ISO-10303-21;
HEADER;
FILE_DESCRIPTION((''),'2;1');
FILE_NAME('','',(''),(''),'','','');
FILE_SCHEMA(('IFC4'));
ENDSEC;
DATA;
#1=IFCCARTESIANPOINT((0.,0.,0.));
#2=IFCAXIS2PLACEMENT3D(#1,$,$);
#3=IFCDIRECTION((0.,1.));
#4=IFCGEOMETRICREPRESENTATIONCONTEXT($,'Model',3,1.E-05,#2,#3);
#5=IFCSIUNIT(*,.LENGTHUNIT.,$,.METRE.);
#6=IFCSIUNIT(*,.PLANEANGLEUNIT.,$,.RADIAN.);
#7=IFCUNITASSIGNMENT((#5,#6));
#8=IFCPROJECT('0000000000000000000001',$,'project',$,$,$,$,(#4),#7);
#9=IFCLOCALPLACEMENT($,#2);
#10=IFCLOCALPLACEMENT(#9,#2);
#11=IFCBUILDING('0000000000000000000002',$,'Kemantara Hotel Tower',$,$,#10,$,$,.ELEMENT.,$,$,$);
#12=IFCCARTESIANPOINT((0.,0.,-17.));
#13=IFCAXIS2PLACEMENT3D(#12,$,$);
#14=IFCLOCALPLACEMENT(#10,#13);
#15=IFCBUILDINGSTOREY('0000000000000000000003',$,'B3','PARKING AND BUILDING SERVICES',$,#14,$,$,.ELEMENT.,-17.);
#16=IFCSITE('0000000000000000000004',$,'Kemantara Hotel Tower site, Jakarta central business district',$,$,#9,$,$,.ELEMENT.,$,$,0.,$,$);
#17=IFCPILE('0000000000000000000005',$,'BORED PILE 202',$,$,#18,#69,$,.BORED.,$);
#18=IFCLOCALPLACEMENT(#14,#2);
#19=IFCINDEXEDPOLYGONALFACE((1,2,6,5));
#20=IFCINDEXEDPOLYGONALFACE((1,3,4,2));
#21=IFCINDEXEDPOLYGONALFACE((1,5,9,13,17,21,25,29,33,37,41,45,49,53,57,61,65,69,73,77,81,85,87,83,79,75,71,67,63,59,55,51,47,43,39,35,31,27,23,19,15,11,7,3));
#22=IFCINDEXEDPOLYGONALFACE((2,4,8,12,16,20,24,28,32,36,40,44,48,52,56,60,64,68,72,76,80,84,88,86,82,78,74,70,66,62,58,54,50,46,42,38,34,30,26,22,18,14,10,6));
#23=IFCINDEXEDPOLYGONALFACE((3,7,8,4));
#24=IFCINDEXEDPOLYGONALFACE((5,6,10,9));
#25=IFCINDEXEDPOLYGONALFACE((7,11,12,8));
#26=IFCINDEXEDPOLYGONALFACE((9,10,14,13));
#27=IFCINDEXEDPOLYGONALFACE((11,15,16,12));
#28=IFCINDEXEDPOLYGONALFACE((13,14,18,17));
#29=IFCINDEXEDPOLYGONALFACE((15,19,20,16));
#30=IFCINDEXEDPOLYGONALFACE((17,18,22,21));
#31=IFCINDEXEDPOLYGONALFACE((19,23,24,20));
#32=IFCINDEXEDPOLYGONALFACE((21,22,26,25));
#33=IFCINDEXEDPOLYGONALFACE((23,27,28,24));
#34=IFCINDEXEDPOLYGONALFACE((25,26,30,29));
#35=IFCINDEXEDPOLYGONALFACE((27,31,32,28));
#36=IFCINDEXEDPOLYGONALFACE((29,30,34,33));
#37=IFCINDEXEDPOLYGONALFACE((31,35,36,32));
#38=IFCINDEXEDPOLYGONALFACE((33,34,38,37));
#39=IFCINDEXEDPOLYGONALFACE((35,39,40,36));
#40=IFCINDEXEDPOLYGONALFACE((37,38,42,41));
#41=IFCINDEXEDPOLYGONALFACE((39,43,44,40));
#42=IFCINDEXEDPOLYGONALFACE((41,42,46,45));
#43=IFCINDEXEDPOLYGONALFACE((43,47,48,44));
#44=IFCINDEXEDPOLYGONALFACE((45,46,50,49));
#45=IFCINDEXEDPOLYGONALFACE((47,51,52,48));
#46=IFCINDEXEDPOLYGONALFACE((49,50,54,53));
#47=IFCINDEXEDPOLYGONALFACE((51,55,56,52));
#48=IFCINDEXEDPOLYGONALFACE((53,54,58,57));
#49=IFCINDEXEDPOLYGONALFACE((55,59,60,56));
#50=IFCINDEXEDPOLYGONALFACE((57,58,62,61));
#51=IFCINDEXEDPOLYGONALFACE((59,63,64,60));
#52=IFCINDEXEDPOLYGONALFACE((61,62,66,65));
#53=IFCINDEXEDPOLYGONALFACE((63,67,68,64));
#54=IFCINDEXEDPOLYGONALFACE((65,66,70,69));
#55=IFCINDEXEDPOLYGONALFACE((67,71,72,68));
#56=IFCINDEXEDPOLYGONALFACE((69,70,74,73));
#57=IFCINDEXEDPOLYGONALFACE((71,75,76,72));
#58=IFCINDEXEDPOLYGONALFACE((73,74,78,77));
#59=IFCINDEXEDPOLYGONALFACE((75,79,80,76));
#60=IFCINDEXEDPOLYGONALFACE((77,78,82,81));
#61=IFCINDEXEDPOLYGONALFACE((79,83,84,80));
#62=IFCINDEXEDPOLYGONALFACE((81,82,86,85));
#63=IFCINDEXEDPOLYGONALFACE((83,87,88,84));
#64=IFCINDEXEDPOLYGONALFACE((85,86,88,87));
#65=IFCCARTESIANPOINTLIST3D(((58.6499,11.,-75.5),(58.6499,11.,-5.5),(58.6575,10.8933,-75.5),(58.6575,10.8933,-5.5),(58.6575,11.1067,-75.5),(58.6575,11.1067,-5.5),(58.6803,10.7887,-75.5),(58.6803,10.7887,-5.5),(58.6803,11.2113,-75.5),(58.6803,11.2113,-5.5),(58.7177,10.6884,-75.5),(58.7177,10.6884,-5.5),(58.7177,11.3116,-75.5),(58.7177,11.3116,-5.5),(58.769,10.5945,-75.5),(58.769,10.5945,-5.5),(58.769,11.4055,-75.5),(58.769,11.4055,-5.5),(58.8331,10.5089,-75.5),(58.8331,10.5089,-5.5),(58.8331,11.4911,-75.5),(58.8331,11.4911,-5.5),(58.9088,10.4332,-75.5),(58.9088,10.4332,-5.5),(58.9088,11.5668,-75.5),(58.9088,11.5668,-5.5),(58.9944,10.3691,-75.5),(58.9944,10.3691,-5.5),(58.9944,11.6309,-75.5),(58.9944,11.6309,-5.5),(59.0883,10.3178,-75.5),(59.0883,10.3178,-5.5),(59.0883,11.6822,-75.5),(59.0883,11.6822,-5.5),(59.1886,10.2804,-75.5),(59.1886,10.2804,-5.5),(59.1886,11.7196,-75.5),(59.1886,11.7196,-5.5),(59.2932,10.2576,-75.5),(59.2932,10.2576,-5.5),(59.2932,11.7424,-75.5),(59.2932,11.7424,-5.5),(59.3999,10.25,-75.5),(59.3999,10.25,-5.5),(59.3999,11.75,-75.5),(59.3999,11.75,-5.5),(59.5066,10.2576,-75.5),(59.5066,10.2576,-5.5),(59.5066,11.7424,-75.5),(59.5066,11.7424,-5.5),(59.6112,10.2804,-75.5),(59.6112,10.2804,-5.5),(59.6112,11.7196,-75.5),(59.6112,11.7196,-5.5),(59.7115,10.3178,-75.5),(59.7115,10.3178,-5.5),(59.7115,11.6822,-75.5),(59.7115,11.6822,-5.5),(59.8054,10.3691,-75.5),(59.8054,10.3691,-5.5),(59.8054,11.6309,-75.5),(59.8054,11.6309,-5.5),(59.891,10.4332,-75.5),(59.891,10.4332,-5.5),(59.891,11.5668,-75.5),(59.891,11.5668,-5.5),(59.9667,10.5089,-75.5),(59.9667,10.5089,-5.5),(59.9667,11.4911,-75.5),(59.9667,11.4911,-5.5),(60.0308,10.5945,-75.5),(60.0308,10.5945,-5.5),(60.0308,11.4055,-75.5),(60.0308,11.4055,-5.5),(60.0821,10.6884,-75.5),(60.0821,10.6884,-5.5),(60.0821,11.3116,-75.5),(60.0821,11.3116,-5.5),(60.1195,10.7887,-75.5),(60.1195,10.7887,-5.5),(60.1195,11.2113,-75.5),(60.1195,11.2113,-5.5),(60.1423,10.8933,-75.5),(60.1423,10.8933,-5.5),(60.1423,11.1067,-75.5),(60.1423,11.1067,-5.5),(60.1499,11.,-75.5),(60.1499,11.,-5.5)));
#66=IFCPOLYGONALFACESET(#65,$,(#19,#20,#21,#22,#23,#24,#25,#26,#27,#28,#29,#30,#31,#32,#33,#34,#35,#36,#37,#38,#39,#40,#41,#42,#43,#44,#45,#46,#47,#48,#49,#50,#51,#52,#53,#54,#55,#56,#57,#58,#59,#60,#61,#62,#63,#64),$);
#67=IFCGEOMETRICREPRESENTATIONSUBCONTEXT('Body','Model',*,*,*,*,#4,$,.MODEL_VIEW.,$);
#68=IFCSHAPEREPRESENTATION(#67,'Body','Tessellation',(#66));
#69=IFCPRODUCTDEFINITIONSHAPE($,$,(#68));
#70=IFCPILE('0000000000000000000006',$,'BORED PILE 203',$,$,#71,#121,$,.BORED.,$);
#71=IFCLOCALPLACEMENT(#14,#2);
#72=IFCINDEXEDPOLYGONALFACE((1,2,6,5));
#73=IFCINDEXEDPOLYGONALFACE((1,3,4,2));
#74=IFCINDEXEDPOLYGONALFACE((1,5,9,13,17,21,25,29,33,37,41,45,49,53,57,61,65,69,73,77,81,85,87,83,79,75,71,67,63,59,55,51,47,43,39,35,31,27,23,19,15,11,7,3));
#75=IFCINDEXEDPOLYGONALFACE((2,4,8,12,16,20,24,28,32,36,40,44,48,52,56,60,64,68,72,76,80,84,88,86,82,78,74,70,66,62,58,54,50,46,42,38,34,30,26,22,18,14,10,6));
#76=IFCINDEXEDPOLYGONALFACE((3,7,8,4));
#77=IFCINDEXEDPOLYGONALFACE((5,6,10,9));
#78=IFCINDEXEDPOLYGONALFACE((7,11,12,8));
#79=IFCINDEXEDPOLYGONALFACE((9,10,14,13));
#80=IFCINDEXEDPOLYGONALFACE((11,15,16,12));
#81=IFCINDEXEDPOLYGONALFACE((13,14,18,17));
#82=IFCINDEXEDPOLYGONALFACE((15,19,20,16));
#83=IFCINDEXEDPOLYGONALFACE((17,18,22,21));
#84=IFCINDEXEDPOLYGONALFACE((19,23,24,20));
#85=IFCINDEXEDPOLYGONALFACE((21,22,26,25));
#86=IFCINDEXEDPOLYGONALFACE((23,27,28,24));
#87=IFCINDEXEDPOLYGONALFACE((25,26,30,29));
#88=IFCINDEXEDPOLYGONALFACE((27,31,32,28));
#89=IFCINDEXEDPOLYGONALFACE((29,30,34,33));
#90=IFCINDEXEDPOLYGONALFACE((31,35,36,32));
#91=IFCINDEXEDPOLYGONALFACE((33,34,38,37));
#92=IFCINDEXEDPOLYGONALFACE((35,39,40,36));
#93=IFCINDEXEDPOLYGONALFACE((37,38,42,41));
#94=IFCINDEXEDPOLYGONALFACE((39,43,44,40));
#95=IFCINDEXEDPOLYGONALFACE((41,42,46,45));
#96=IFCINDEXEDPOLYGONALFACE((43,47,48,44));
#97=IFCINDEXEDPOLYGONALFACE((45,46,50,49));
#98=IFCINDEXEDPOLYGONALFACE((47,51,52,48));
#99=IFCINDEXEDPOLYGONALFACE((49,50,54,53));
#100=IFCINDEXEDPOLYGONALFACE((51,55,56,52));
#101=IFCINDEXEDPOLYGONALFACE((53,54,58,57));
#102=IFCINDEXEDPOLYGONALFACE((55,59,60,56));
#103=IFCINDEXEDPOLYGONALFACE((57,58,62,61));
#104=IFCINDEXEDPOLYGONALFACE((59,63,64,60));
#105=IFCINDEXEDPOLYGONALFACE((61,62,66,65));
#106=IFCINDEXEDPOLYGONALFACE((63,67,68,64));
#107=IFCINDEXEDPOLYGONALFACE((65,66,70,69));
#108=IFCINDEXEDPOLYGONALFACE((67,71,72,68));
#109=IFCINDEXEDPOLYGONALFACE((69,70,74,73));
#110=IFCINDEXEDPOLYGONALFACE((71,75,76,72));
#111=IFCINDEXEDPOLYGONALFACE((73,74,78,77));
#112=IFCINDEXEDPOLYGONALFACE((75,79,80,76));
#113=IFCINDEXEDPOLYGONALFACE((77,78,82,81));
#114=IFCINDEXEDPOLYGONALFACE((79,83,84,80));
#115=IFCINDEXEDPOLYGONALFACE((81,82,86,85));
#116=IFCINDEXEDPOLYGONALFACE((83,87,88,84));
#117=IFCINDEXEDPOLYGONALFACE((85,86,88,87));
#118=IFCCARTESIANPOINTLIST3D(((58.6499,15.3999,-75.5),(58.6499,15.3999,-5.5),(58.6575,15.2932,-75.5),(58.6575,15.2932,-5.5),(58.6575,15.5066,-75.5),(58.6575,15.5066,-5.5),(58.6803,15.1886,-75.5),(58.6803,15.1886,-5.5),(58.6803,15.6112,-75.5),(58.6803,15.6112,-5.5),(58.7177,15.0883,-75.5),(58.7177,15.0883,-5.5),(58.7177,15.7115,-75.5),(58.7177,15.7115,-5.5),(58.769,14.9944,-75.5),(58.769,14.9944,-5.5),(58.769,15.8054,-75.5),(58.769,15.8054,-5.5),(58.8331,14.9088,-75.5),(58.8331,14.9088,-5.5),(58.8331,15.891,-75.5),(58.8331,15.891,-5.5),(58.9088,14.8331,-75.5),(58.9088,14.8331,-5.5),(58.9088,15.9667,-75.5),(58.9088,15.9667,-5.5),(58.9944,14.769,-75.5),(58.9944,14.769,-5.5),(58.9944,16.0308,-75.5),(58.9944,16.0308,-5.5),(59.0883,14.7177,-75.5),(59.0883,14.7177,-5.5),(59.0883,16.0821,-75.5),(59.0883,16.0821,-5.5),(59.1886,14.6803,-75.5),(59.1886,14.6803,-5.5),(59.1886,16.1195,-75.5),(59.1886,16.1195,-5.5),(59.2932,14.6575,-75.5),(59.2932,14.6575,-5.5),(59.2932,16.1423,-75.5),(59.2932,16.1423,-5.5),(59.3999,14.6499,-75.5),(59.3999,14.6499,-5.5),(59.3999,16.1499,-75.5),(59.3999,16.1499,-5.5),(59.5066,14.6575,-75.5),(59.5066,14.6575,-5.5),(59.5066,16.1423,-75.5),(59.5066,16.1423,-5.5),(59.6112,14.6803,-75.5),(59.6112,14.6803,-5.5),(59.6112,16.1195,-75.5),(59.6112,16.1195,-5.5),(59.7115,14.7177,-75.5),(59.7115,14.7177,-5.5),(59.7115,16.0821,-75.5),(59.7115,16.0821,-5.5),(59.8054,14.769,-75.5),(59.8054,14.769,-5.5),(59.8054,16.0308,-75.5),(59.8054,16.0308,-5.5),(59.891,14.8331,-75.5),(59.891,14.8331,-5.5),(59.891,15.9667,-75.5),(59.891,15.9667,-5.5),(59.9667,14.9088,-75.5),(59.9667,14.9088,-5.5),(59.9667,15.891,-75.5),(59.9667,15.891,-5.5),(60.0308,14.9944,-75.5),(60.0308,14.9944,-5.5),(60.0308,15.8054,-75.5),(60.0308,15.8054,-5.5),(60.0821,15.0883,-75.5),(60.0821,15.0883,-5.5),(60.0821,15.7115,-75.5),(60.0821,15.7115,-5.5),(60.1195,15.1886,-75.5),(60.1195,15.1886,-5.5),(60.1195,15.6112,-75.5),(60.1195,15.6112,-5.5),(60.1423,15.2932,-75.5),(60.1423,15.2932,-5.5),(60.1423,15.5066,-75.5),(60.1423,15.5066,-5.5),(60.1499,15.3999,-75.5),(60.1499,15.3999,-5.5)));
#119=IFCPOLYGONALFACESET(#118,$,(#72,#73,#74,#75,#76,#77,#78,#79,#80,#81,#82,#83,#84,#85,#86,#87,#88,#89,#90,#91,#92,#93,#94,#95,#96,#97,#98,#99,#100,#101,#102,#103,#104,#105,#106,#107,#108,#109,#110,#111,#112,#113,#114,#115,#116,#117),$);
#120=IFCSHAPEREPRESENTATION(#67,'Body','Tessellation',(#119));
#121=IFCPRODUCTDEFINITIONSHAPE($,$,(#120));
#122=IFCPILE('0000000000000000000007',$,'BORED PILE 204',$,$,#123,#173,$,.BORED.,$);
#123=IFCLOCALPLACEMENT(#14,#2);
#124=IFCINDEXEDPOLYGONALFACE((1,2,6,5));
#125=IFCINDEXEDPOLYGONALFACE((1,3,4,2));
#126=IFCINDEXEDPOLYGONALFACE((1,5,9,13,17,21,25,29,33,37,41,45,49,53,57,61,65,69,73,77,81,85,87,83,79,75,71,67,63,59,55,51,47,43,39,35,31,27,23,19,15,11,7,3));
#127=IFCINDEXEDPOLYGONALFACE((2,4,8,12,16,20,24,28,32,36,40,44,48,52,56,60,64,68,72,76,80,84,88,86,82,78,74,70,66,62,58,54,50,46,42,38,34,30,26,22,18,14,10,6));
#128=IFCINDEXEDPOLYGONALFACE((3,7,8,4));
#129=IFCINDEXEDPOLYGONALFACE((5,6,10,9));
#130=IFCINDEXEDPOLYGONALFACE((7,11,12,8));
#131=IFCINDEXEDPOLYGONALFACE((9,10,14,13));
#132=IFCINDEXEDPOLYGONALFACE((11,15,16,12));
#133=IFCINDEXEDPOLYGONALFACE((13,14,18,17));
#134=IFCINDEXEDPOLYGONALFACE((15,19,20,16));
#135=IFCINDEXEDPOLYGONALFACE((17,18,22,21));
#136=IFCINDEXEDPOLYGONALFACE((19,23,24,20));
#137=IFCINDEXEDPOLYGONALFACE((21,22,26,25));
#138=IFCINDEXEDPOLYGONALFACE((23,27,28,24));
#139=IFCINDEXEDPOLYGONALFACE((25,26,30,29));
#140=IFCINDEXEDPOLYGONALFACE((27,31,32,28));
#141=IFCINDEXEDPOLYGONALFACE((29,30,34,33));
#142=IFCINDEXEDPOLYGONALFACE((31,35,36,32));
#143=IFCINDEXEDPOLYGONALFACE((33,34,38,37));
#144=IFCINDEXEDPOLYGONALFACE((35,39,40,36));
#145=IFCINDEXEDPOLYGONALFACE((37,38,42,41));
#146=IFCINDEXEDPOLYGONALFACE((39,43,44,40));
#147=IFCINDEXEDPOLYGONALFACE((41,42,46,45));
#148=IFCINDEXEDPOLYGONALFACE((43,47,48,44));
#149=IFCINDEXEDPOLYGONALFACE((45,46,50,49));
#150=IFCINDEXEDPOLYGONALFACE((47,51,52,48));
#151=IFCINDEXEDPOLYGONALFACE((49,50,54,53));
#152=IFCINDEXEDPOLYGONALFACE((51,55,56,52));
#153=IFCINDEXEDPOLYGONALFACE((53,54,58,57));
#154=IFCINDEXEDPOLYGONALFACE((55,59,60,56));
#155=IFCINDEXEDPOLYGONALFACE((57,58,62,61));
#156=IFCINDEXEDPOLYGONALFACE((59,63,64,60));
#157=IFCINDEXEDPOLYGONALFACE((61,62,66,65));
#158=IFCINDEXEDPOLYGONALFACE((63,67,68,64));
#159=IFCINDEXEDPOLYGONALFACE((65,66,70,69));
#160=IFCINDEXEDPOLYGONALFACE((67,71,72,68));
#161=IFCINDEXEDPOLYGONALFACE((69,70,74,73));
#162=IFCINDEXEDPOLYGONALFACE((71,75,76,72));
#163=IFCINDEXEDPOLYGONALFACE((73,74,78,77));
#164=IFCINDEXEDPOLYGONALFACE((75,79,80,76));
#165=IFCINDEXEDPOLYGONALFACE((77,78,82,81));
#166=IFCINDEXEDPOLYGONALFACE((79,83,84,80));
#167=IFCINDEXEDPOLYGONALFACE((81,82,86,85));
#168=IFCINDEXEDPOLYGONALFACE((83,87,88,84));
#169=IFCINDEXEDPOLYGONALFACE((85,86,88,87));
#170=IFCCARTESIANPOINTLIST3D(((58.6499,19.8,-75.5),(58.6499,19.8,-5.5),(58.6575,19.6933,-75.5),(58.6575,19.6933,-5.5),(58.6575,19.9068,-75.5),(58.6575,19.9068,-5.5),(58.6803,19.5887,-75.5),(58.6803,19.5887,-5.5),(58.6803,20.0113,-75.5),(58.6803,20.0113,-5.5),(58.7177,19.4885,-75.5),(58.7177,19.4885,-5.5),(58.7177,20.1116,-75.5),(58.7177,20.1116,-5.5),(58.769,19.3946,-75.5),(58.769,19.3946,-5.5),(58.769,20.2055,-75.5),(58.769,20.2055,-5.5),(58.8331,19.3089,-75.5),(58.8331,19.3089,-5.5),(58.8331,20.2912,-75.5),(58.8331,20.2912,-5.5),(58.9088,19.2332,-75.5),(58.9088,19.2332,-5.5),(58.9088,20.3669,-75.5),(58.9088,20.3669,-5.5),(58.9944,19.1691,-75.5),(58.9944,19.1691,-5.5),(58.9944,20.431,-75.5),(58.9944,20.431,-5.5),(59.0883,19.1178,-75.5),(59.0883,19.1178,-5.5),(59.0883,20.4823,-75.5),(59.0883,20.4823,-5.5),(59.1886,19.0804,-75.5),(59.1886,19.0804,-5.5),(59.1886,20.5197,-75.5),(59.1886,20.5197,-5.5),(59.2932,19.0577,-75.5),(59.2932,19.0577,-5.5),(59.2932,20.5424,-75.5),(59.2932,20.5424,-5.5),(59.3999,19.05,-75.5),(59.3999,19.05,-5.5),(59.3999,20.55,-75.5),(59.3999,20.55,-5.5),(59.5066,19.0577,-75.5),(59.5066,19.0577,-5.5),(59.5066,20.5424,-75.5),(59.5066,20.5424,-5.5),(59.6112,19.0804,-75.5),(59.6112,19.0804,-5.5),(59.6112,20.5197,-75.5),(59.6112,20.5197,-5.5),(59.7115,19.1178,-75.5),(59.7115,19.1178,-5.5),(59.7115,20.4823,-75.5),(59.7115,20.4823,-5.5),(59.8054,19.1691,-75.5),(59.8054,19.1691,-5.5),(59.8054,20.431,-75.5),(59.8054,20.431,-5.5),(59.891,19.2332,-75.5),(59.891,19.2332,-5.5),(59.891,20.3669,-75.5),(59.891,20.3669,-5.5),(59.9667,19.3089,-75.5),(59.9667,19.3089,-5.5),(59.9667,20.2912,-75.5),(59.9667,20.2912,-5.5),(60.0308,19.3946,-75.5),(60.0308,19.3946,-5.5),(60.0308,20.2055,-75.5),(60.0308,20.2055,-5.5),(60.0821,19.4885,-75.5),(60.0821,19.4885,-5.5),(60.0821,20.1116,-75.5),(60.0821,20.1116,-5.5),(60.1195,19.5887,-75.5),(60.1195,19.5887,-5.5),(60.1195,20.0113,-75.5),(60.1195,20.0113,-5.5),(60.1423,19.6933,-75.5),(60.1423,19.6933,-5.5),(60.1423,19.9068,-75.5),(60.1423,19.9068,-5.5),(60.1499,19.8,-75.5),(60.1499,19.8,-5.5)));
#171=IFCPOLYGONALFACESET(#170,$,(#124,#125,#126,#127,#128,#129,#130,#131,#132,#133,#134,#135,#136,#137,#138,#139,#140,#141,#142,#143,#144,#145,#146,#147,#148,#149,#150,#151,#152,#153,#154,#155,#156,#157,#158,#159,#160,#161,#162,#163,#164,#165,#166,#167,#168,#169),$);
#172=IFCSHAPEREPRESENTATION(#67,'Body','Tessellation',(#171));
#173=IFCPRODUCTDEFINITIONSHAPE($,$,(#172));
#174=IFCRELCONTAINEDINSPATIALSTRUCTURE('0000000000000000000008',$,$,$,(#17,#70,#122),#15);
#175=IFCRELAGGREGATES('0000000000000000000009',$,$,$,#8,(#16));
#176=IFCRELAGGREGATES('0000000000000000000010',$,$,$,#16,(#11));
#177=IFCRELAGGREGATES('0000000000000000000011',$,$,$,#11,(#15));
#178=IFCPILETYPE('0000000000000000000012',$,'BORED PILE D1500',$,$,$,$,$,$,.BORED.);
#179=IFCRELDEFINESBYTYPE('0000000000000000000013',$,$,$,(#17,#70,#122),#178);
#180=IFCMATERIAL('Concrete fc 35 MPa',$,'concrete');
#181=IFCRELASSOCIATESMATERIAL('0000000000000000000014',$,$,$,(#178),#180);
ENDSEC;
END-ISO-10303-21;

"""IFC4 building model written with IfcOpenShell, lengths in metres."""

from ifc_helpers import new_model, si_unit, direction, frame, origin, origin_2d, place, context, subcontext, project, spatial, circle, extrude, material, material_profile, profile_set, type_object, element, save


model = new_model("IFC4")

# Units and contexts
model_context = context("Model", 3, precision=1e-05, world=origin(), true_north=direction((0.0, 1.0)))
body_context = subcontext(model_context, "Body", "Model", "MODEL_VIEW")
ifc_project = project(units=[si_unit("LENGTHUNIT", "METRE"), si_unit("PLANEANGLEUNIT", "RADIAN")], contexts=[model_context])

# Site, building, storey
site_placement = place(None, origin())
site = spatial("IfcSite", under=ifc_project, at=site_placement, Name="Kemantara Hotel Tower site, Jakarta central business district", CompositionType="ELEMENT", RefElevation=0.0)
building_placement = place(site_placement, origin())
building = spatial("IfcBuilding", under=site, at=building_placement, Name="Kemantara Hotel Tower", CompositionType="ELEMENT")
storey_placement = place(building_placement, frame((0.0, 0.0, -17.0)))
storey = spatial("IfcBuildingStorey", under=building, at=storey_placement, Name="B3", Description="PARKING AND BUILDING SERVICES", CompositionType="ELEMENT", Elevation=-17.0)

# Piles
ifc_material_1 = material(Name="Concrete fc 35 MPa", Category="concrete")
ifc_material_profile_1 = material_profile(ifc_material_1, circle(Radius=0.75, at=origin_2d()), Name="BORED PILE D1500")
ifc_profile_set_1 = profile_set([ifc_material_profile_1], Name="Concrete fc 35 MPa")
pile_type = type_object("IfcPileType", Name="BORED PILE D1500", PredefinedType="BORED", material=ifc_profile_set_1)
for number, where, z_axis, x_axis, name in (
    (1, (59.3999, 11.0, -5.5), (0.0, 0.0, -1.0), (1.0, 0.0, 0.0), "BORED PILE 202"),
    (2, (59.3999, 15.3999, -5.5), (0.0, 0.0, -1.0), (1.0, 0.0, 0.0), "BORED PILE 203"),
    (3, (59.3999, 19.8, -5.5), (0.0, 0.0, -1.0), (1.0, 0.0, 0.0), "BORED PILE 204"),
):
    element("IfcPile", number, at=place(storey_placement, frame(where, z_axis=z_axis, x_axis=x_axis)), inside=storey, type_object=pile_type, Name=name, PredefinedType="BORED", context=body_context, shape_type="SweptSolid", body=[
        extrude(circle(Radius=0.75, at=origin_2d()), origin(), (0.0, 0.0, 1.0), 70.0),
    ])

save(model, "model.ifc")
